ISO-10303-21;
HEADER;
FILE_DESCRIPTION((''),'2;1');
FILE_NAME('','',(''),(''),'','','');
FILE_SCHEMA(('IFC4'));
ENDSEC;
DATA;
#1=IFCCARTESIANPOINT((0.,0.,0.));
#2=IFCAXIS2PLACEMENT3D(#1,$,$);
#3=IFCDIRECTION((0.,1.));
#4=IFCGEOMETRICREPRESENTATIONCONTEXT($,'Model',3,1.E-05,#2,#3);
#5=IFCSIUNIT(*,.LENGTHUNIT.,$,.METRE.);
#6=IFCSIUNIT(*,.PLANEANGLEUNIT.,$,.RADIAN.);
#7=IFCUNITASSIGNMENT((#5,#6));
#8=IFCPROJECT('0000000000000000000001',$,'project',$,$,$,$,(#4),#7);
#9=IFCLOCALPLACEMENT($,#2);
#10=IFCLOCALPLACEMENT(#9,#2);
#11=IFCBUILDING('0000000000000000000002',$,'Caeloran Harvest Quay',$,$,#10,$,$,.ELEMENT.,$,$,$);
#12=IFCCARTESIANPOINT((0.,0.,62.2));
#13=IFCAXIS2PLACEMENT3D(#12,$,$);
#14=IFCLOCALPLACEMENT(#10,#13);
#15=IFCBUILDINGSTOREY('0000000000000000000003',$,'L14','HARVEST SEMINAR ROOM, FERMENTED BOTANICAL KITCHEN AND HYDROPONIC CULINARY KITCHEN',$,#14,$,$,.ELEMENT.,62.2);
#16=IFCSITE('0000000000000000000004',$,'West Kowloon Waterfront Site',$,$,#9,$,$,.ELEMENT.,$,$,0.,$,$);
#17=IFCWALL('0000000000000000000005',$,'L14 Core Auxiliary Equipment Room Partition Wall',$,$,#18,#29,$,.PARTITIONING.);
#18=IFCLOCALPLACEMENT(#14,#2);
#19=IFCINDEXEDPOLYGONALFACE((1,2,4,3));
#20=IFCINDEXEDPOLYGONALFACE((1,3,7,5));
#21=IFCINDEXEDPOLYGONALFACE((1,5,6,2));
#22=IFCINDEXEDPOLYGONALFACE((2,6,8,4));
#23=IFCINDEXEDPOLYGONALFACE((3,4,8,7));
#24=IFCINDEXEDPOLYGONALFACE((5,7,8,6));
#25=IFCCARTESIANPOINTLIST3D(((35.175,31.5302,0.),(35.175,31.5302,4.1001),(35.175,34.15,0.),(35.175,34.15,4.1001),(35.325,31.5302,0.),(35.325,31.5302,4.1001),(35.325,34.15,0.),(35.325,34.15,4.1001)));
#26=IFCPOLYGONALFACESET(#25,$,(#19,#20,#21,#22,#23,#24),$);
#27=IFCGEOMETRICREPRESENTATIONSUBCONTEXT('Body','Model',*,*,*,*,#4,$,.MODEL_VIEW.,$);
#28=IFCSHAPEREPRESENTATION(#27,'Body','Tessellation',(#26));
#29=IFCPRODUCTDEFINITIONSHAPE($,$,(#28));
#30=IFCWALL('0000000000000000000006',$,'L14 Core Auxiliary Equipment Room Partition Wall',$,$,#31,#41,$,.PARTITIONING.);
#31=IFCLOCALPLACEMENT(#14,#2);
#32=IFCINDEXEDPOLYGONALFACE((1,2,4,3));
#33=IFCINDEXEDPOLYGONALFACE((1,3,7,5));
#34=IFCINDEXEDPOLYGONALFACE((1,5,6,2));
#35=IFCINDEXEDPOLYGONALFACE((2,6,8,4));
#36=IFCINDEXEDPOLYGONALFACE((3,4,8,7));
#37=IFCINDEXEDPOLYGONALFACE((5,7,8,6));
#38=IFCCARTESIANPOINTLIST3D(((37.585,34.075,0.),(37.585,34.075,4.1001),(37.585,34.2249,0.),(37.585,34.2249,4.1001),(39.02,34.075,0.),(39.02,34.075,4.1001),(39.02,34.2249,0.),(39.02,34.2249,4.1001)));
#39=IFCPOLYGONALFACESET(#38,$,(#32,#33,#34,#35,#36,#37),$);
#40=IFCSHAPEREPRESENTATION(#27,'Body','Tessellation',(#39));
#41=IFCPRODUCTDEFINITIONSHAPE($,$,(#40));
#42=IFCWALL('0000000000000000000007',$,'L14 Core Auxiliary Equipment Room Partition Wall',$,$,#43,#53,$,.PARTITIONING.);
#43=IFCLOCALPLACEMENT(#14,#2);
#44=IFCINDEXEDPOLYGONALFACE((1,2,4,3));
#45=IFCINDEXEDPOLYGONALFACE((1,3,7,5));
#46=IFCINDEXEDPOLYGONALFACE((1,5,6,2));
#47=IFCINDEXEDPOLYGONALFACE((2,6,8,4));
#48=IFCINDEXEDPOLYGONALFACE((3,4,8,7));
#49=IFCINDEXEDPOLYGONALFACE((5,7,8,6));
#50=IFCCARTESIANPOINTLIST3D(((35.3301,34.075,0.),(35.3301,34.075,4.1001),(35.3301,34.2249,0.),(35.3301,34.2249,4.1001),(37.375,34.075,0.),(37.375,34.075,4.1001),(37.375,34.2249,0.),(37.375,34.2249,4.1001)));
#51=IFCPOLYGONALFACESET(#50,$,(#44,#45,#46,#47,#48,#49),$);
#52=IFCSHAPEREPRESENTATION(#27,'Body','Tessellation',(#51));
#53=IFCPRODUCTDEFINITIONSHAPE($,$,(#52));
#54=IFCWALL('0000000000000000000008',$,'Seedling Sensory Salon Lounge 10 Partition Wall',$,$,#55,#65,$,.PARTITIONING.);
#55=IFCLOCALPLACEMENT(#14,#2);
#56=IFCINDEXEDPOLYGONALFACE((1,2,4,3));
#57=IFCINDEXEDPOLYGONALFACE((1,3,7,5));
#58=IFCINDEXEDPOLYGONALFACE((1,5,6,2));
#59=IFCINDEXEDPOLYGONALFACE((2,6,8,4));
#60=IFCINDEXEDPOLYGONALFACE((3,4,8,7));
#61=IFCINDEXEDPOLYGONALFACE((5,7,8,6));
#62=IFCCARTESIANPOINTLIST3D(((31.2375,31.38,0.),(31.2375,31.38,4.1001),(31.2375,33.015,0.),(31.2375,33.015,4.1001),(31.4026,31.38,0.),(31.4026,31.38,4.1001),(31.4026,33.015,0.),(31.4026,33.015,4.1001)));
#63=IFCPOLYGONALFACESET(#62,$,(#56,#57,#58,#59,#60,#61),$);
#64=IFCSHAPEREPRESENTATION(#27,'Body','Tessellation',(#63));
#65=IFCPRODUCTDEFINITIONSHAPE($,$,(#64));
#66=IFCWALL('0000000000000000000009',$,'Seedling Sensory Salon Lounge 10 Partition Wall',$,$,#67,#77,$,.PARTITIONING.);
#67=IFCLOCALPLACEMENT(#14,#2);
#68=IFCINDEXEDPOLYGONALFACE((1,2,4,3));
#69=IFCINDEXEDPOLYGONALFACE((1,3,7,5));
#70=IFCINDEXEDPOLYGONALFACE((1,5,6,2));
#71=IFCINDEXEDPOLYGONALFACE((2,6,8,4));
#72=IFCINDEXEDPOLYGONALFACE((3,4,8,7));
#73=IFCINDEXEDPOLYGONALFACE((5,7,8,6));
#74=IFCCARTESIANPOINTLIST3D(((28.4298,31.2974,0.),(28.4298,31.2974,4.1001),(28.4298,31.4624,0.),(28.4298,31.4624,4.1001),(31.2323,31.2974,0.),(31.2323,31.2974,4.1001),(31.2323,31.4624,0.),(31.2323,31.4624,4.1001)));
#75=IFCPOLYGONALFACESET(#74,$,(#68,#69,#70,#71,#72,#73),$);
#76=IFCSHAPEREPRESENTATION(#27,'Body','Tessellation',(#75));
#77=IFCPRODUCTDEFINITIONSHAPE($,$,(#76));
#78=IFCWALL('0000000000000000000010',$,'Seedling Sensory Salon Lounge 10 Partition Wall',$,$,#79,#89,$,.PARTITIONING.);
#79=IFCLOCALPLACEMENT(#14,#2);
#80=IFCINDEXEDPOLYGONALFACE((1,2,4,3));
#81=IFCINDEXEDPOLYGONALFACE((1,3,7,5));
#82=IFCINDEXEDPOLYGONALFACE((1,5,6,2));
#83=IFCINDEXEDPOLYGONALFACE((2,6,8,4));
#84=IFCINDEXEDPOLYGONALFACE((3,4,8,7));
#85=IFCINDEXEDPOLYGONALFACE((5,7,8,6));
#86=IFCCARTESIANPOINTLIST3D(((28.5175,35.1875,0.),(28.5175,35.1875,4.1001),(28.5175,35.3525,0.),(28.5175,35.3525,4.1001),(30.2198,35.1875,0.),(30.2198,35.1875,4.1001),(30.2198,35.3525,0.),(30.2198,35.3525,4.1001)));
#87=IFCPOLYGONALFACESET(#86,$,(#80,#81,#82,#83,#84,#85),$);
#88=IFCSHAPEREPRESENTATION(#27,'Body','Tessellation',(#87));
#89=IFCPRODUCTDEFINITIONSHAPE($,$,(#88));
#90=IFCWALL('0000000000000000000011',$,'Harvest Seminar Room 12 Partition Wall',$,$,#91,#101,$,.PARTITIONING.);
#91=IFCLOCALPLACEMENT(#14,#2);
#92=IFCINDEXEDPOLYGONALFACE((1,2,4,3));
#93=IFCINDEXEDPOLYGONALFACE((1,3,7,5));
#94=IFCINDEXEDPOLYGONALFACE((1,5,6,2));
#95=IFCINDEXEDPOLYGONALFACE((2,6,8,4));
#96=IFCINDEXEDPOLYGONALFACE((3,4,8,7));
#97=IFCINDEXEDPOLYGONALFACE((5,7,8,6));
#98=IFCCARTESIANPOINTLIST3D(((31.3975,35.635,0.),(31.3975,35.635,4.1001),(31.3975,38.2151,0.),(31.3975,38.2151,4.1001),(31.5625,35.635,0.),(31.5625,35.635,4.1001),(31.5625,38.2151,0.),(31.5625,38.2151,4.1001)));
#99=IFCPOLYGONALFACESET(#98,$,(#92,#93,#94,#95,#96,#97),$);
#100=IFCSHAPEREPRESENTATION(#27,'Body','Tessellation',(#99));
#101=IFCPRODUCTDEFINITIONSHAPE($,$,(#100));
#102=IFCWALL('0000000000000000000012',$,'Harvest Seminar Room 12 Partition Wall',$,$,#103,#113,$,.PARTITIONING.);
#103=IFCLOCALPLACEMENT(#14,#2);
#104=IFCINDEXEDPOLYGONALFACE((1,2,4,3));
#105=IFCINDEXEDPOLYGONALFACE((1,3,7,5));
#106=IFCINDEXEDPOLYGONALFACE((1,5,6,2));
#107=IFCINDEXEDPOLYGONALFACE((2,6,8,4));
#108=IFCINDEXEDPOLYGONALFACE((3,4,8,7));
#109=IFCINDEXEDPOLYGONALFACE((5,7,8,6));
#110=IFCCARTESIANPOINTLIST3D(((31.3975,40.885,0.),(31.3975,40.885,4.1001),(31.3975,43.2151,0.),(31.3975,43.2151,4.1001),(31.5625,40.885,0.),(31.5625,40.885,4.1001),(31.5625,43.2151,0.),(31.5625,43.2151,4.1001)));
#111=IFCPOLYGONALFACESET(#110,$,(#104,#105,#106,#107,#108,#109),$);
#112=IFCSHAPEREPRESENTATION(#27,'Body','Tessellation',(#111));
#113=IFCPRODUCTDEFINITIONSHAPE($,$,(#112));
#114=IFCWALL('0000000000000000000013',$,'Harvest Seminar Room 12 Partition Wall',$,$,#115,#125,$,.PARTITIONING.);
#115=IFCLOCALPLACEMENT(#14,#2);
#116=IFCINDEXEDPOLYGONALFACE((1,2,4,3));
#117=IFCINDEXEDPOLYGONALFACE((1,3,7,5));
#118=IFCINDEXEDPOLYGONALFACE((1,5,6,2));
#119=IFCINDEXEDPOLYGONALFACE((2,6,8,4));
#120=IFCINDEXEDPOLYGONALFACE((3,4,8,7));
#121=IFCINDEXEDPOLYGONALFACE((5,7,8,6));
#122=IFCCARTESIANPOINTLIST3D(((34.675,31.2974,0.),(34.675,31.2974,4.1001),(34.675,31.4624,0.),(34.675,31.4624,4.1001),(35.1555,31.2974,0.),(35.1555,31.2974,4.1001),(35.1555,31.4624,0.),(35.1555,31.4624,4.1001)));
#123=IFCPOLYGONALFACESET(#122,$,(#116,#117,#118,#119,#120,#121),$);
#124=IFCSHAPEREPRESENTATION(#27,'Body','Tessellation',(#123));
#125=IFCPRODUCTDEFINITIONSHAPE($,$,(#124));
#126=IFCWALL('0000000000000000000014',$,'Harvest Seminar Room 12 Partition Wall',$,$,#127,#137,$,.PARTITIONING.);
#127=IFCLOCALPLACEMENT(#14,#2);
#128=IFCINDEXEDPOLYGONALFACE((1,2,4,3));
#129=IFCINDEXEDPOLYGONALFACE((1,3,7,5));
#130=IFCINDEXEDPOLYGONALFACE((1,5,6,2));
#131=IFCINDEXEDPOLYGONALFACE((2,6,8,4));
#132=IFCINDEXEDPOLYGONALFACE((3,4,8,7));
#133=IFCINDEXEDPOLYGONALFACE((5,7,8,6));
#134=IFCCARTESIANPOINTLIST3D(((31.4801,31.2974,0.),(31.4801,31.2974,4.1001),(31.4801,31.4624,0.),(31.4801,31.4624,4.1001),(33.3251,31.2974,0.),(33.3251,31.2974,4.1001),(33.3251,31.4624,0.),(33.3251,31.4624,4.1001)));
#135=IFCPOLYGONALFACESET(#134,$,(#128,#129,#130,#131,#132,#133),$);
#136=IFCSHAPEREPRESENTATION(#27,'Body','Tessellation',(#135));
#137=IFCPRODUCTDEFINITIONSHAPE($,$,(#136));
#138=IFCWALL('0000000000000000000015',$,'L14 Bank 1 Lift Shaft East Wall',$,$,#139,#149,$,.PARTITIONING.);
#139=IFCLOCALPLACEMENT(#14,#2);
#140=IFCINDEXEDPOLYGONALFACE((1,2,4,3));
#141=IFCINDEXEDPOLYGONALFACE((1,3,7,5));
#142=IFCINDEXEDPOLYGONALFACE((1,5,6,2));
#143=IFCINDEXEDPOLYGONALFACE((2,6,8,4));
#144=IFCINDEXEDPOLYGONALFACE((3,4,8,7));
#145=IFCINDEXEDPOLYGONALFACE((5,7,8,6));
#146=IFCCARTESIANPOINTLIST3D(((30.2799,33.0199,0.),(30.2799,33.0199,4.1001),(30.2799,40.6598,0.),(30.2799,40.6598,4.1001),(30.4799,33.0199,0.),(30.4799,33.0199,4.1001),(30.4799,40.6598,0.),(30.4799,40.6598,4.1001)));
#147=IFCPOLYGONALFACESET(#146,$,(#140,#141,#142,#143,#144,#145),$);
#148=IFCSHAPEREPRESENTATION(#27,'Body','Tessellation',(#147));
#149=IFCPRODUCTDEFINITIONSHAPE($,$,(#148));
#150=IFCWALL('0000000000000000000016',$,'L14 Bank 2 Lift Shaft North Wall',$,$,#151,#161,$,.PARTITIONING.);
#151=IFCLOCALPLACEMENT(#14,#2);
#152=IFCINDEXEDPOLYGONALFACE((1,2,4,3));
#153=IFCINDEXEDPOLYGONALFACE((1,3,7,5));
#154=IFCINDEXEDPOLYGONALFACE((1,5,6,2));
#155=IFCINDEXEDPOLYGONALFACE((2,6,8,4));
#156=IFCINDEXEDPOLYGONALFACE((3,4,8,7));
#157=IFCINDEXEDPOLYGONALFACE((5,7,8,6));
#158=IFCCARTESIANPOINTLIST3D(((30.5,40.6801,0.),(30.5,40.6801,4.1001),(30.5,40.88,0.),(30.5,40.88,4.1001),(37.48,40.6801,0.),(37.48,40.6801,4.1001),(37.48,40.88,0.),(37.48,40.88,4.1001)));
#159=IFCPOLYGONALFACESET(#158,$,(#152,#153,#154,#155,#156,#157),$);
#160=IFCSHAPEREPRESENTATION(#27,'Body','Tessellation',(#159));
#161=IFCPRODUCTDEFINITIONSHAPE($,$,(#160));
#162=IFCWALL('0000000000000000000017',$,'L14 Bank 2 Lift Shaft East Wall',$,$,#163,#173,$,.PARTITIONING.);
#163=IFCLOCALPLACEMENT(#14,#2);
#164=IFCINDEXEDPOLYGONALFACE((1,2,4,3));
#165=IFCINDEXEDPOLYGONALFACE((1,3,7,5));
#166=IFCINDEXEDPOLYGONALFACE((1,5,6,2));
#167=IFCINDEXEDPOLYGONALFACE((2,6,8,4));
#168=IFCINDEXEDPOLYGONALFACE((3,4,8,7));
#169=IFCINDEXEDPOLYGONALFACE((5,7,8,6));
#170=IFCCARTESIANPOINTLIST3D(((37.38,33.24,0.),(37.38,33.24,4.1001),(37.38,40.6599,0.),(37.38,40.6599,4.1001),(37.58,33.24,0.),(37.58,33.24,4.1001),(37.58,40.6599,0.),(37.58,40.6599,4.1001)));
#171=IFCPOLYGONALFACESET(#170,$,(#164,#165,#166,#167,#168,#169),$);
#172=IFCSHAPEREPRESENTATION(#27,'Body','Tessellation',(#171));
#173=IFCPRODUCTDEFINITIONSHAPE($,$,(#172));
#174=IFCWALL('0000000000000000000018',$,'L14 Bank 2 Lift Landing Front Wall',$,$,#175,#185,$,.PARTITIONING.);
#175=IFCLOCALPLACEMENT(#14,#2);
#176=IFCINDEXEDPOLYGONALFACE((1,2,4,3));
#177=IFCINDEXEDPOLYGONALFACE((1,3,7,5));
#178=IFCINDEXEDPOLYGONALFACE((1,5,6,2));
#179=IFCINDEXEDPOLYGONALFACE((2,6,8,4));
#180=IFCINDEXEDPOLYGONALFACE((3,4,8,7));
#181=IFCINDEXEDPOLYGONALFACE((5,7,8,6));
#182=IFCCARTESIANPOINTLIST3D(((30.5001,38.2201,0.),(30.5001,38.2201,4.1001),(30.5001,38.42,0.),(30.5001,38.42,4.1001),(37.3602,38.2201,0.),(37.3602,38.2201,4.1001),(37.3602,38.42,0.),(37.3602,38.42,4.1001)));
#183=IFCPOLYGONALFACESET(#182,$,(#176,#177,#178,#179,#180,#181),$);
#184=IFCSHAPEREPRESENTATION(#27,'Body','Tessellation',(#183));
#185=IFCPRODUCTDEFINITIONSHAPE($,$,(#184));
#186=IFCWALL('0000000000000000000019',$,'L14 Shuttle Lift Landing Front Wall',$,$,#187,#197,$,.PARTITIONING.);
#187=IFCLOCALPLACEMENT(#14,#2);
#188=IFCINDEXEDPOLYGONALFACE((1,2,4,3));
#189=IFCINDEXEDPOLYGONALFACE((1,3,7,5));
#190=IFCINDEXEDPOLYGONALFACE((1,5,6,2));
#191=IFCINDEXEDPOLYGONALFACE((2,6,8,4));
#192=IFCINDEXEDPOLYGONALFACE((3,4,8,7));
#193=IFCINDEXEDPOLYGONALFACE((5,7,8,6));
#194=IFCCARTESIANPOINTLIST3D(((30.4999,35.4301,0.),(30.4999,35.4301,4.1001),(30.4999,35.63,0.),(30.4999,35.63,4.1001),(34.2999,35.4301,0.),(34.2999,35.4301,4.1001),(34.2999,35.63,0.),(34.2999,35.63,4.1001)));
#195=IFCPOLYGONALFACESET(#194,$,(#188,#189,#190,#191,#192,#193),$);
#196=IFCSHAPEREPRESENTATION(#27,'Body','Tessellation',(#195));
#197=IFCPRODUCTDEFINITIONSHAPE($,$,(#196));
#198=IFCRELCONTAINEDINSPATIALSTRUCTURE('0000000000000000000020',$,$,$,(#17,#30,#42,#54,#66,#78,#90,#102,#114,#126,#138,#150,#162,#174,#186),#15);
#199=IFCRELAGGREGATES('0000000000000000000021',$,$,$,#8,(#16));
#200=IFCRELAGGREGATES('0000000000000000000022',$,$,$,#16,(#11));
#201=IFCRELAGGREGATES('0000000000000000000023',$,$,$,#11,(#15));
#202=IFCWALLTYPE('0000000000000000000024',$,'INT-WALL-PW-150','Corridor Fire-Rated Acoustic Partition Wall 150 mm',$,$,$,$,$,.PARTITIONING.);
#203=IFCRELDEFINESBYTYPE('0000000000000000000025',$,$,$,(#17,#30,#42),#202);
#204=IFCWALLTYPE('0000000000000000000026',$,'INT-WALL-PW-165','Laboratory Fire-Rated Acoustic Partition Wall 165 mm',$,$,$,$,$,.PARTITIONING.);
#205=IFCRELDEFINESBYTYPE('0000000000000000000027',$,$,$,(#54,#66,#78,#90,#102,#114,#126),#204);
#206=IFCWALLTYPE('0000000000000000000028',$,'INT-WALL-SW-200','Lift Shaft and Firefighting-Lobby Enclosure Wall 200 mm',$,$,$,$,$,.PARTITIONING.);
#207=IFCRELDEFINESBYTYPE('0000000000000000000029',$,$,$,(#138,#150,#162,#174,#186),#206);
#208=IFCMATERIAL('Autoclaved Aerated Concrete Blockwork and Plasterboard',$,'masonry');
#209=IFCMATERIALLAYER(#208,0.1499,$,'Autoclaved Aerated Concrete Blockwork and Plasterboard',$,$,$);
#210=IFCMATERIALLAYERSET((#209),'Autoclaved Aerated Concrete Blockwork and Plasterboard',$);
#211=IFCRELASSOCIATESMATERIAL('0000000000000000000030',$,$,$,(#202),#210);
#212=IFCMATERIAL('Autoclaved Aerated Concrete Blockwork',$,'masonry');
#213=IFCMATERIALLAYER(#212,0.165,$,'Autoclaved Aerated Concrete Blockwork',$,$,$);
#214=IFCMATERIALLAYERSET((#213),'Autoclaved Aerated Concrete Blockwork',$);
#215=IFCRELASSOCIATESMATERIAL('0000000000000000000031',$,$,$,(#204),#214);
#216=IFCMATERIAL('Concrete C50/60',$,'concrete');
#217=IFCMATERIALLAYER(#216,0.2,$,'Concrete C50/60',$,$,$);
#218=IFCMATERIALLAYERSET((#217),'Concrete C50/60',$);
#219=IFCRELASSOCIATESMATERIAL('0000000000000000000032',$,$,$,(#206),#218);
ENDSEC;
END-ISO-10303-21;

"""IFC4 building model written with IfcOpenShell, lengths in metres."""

from ifc_helpers import new_model, si_unit, direction, frame, frame_2d, origin, place, context, subcontext, project, spatial, rectangle, extrude, material, layer, layer_set, type_object, element, save


model = new_model("IFC4")

# Units and contexts
model_context = context("Model", 3, precision=1e-05, world=origin(), true_north=direction((0.0, 1.0)))
body_context = subcontext(model_context, "Body", "Model", "MODEL_VIEW")
ifc_project = project(units=[si_unit("LENGTHUNIT", "METRE"), si_unit("PLANEANGLEUNIT", "RADIAN")], contexts=[model_context])

# Site, building, storey
site_placement = place(None, origin())
site = spatial("IfcSite", under=ifc_project, at=site_placement, Name="West Kowloon Waterfront Site", CompositionType="ELEMENT", RefElevation=0.0)
building_placement = place(site_placement, origin())
building = spatial("IfcBuilding", under=site, at=building_placement, Name="Caeloran Harvest Quay", CompositionType="ELEMENT")
storey_placement = place(building_placement, frame((0.0, 0.0, 62.2)))
storey = spatial("IfcBuildingStorey", under=building, at=storey_placement, Name="L14", Description="HARVEST SEMINAR ROOM, FERMENTED BOTANICAL KITCHEN AND HYDROPONIC CULINARY KITCHEN", CompositionType="ELEMENT", Elevation=62.2)

# Walls
ifc_material_1 = material(Name="Autoclaved Aerated Concrete Blockwork and Plasterboard", Category="masonry")
ifc_layer_1 = layer(ifc_material_1, 0.1499, Name="Autoclaved Aerated Concrete Blockwork and Plasterboard")
ifc_layer_set_1 = layer_set([ifc_layer_1], Name="Autoclaved Aerated Concrete Blockwork and Plasterboard")
wall_type_1 = type_object("IfcWallType", Name="INT-WALL-PW-150", Description="Corridor Fire-Rated Acoustic Partition Wall 150 mm", PredefinedType="PARTITIONING", material=ifc_layer_set_1)
wall_1_placement = place(storey_placement, frame((35.25, 31.53, 0.0), z_axis=(0.0, 0.0, 1.0), x_axis=(0.0, 1.0, 0.0)))
element("IfcWall", 1, at=wall_1_placement, inside=storey, type_object=wall_type_1, Name="L14 Core Auxiliary Equipment Room Partition Wall", PredefinedType="PARTITIONING", context=body_context, shape_type="SweptSolid", body=[
    extrude(rectangle(XDim=2.6199, YDim=0.1499, at=frame_2d((1.3101, 0.0))), origin(), (0.0, 0.0, 1.0), 4.1001),
])
wall_2_placement = place(storey_placement, frame((37.585, 34.1499, 0.0), z_axis=(0.0, 0.0, 1.0), x_axis=(1.0, 0.0, 0.0)))
element("IfcWall", 2, at=wall_2_placement, inside=storey, type_object=wall_type_1, Name="L14 Core Auxiliary Equipment Room Partition Wall", PredefinedType="PARTITIONING", context=body_context, shape_type="SweptSolid", body=[
    extrude(rectangle(XDim=1.4351, YDim=0.1499, at=frame_2d((0.7175, 0.0))), origin(), (0.0, 0.0, 1.0), 4.1001),
])
wall_3_placement = place(storey_placement, frame((35.3301, 34.1499, 0.0), z_axis=(0.0, 0.0, 1.0), x_axis=(1.0, 0.0, 0.0)))
element("IfcWall", 3, at=wall_3_placement, inside=storey, type_object=wall_type_1, Name="L14 Core Auxiliary Equipment Room Partition Wall", PredefinedType="PARTITIONING", context=body_context, shape_type="SweptSolid", body=[
    extrude(rectangle(XDim=2.0449, YDim=0.1499, at=frame_2d((1.0225, 0.0))), origin(), (0.0, 0.0, 1.0), 4.1001),
])
ifc_material_2 = material(Name="Autoclaved Aerated Concrete Blockwork", Category="masonry")
ifc_layer_2 = layer(ifc_material_2, 0.165, Name="Autoclaved Aerated Concrete Blockwork")
ifc_layer_set_2 = layer_set([ifc_layer_2], Name="Autoclaved Aerated Concrete Blockwork")
wall_type_2 = type_object("IfcWallType", Name="INT-WALL-PW-165", Description="Laboratory Fire-Rated Acoustic Partition Wall 165 mm", PredefinedType="PARTITIONING", material=ifc_layer_set_2)
wall_4_placement = place(storey_placement, frame((31.3201, 33.0149, 0.0), z_axis=(0.0, 0.0, 1.0), x_axis=(0.0, -1.0, 0.0)))
element("IfcWall", 4, at=wall_4_placement, inside=storey, type_object=wall_type_2, Name="Seedling Sensory Salon Lounge 10 Partition Wall", PredefinedType="PARTITIONING", context=body_context, shape_type="SweptSolid", body=[
    extrude(rectangle(XDim=1.635, YDim=0.165, at=frame_2d((0.8174, 0.0))), origin(), (0.0, 0.0, 1.0), 4.1001),
])
wall_5_placement = place(storey_placement, frame((31.2324, 31.3799, 0.0), z_axis=(0.0, 0.0, 1.0), x_axis=(-1.0, 0.0, 0.0)))
element("IfcWall", 5, at=wall_5_placement, inside=storey, type_object=wall_type_2, Name="Seedling Sensory Salon Lounge 10 Partition Wall", PredefinedType="PARTITIONING", context=body_context, shape_type="SweptSolid", body=[
    extrude(rectangle(XDim=2.8025, YDim=0.165, at=frame_2d((1.4014, 0.0))), origin(), (0.0, 0.0, 1.0), 4.1001),
])

# Wall
wall_6_placement = place(storey_placement, frame((28.5176, 35.27, 0.0), z_axis=(0.0, 0.0, 1.0), x_axis=(1.0, 0.0, 0.0)))
element("IfcWall", 6, at=wall_6_placement, inside=storey, type_object=wall_type_2, Name="Seedling Sensory Salon Lounge 10 Partition Wall", PredefinedType="PARTITIONING", context=body_context, shape_type="SweptSolid", body=[
    extrude(rectangle(XDim=1.7024, YDim=0.165, at=frame_2d((0.8511, 0.0))), origin(), (0.0, 0.0, 1.0), 4.1001),
])

# Walls
wall_7_placement = place(storey_placement, frame((31.48, 35.635, 0.0), z_axis=(0.0, 0.0, 1.0), x_axis=(0.0, 1.0, 0.0)))
element("IfcWall", 7, at=wall_7_placement, inside=storey, type_object=wall_type_2, Name="Harvest Seminar Room 12 Partition Wall", PredefinedType="PARTITIONING", context=body_context, shape_type="SweptSolid", body=[
    extrude(rectangle(XDim=2.5801, YDim=0.165, at=frame_2d((1.29, 0.0))), origin(), (0.0, 0.0, 1.0), 4.1001),
])
wall_8_placement = place(storey_placement, frame((31.48, 40.885, 0.0), z_axis=(0.0, 0.0, 1.0), x_axis=(0.0, 1.0, 0.0)))
element("IfcWall", 8, at=wall_8_placement, inside=storey, type_object=wall_type_2, Name="Harvest Seminar Room 12 Partition Wall", PredefinedType="PARTITIONING", context=body_context, shape_type="SweptSolid", body=[
    extrude(rectangle(XDim=2.3301, YDim=0.165, at=frame_2d((1.165, 0.0))), origin(), (0.0, 0.0, 1.0), 4.1001),
])
wall_9_placement = place(storey_placement, frame((35.1555, 31.3799, 0.0), z_axis=(0.0, 0.0, 1.0), x_axis=(-1.0, 0.0, 0.0)))
element("IfcWall", 9, at=wall_9_placement, inside=storey, type_object=wall_type_2, Name="Harvest Seminar Room 12 Partition Wall", PredefinedType="PARTITIONING", context=body_context, shape_type="SweptSolid", body=[
    extrude(rectangle(XDim=0.4805, YDim=0.165, at=frame_2d((0.2402, 0.0))), origin(), (0.0, 0.0, 1.0), 4.1001),
])
wall_10_placement = place(storey_placement, frame((33.325, 31.3799, 0.0), z_axis=(0.0, 0.0, 1.0), x_axis=(-1.0, 0.0, 0.0)))
element("IfcWall", 10, at=wall_10_placement, inside=storey, type_object=wall_type_2, Name="Harvest Seminar Room 12 Partition Wall", PredefinedType="PARTITIONING", context=body_context, shape_type="SweptSolid", body=[
    extrude(rectangle(XDim=1.845, YDim=0.165, at=frame_2d((0.9224, 0.0))), origin(), (0.0, 0.0, 1.0), 4.1001),
])
ifc_material_3 = material(Name="Concrete C50/60", Category="concrete")
ifc_layer_3 = layer(ifc_material_3, 0.2, Name="Concrete C50/60")
ifc_layer_set_3 = layer_set([ifc_layer_3], Name="Concrete C50/60")
wall_type_3 = type_object("IfcWallType", Name="INT-WALL-SW-200", Description="Lift Shaft and Firefighting-Lobby Enclosure Wall 200 mm", PredefinedType="PARTITIONING", material=ifc_layer_set_3)
wall_11_placement = place(storey_placement, frame((30.3799, 33.02, 0.0), z_axis=(0.0, 0.0, 1.0), x_axis=(0.0, 1.0, 0.0)))
element("IfcWall", 11, at=wall_11_placement, inside=storey, type_object=wall_type_3, Name="L14 Bank 1 Lift Shaft East Wall", PredefinedType="PARTITIONING", context=body_context, shape_type="SweptSolid", body=[
    extrude(rectangle(XDim=7.6399, YDim=0.2, at=frame_2d((3.8198, 0.0))), origin(), (0.0, 0.0, 1.0), 4.1001),
])
wall_12_placement = place(storey_placement, frame((30.5, 40.78, 0.0), z_axis=(0.0, 0.0, 1.0), x_axis=(1.0, 0.0, 0.0)))
element("IfcWall", 12, at=wall_12_placement, inside=storey, type_object=wall_type_3, Name="L14 Bank 2 Lift Shaft North Wall", PredefinedType="PARTITIONING", context=body_context, shape_type="SweptSolid", body=[
    extrude(rectangle(XDim=6.98, YDim=0.2, at=frame_2d((3.49, 0.0))), origin(), (0.0, 0.0, 1.0), 4.1001),
])
wall_13_placement = place(storey_placement, frame((37.48, 33.24, 0.0), z_axis=(0.0, 0.0, 1.0), x_axis=(0.0, 1.0, 0.0)))
element("IfcWall", 13, at=wall_13_placement, inside=storey, type_object=wall_type_3, Name="L14 Bank 2 Lift Shaft East Wall", PredefinedType="PARTITIONING", context=body_context, shape_type="SweptSolid", body=[
    extrude(rectangle(XDim=7.4199, YDim=0.2, at=frame_2d((3.71, 0.0))), origin(), (0.0, 0.0, 1.0), 4.1001),
])
wall_14_placement = place(storey_placement, frame((30.5, 38.3201, 0.0), z_axis=(0.0, 0.0, 1.0), x_axis=(1.0, 0.0, 0.0)))
element("IfcWall", 14, at=wall_14_placement, inside=storey, type_object=wall_type_3, Name="L14 Bank 2 Lift Landing Front Wall", PredefinedType="PARTITIONING", context=body_context, shape_type="SweptSolid", body=[
    extrude(rectangle(XDim=6.8601, YDim=0.2, at=frame_2d((3.4302, 0.0))), origin(), (0.0, 0.0, 1.0), 4.1001),
])
for number, where, z_axis, x_axis, name in (
    (15, (30.5, 35.53, 0.0), (0.0, 0.0, 1.0), (1.0, 0.0, 0.0), "L14 Shuttle Lift Landing Front Wall"),
):
    element("IfcWall", number, at=place(storey_placement, frame(where, z_axis=z_axis, x_axis=x_axis)), inside=storey, type_object=wall_type_3, Name=name, PredefinedType="PARTITIONING", context=body_context, shape_type="SweptSolid", body=[
        extrude(rectangle(XDim=3.8, YDim=0.2, at=frame_2d((1.8999, 0.0))), origin(), (0.0, 0.0, 1.0), 4.1001),
    ])

save(model, "model.ifc")
